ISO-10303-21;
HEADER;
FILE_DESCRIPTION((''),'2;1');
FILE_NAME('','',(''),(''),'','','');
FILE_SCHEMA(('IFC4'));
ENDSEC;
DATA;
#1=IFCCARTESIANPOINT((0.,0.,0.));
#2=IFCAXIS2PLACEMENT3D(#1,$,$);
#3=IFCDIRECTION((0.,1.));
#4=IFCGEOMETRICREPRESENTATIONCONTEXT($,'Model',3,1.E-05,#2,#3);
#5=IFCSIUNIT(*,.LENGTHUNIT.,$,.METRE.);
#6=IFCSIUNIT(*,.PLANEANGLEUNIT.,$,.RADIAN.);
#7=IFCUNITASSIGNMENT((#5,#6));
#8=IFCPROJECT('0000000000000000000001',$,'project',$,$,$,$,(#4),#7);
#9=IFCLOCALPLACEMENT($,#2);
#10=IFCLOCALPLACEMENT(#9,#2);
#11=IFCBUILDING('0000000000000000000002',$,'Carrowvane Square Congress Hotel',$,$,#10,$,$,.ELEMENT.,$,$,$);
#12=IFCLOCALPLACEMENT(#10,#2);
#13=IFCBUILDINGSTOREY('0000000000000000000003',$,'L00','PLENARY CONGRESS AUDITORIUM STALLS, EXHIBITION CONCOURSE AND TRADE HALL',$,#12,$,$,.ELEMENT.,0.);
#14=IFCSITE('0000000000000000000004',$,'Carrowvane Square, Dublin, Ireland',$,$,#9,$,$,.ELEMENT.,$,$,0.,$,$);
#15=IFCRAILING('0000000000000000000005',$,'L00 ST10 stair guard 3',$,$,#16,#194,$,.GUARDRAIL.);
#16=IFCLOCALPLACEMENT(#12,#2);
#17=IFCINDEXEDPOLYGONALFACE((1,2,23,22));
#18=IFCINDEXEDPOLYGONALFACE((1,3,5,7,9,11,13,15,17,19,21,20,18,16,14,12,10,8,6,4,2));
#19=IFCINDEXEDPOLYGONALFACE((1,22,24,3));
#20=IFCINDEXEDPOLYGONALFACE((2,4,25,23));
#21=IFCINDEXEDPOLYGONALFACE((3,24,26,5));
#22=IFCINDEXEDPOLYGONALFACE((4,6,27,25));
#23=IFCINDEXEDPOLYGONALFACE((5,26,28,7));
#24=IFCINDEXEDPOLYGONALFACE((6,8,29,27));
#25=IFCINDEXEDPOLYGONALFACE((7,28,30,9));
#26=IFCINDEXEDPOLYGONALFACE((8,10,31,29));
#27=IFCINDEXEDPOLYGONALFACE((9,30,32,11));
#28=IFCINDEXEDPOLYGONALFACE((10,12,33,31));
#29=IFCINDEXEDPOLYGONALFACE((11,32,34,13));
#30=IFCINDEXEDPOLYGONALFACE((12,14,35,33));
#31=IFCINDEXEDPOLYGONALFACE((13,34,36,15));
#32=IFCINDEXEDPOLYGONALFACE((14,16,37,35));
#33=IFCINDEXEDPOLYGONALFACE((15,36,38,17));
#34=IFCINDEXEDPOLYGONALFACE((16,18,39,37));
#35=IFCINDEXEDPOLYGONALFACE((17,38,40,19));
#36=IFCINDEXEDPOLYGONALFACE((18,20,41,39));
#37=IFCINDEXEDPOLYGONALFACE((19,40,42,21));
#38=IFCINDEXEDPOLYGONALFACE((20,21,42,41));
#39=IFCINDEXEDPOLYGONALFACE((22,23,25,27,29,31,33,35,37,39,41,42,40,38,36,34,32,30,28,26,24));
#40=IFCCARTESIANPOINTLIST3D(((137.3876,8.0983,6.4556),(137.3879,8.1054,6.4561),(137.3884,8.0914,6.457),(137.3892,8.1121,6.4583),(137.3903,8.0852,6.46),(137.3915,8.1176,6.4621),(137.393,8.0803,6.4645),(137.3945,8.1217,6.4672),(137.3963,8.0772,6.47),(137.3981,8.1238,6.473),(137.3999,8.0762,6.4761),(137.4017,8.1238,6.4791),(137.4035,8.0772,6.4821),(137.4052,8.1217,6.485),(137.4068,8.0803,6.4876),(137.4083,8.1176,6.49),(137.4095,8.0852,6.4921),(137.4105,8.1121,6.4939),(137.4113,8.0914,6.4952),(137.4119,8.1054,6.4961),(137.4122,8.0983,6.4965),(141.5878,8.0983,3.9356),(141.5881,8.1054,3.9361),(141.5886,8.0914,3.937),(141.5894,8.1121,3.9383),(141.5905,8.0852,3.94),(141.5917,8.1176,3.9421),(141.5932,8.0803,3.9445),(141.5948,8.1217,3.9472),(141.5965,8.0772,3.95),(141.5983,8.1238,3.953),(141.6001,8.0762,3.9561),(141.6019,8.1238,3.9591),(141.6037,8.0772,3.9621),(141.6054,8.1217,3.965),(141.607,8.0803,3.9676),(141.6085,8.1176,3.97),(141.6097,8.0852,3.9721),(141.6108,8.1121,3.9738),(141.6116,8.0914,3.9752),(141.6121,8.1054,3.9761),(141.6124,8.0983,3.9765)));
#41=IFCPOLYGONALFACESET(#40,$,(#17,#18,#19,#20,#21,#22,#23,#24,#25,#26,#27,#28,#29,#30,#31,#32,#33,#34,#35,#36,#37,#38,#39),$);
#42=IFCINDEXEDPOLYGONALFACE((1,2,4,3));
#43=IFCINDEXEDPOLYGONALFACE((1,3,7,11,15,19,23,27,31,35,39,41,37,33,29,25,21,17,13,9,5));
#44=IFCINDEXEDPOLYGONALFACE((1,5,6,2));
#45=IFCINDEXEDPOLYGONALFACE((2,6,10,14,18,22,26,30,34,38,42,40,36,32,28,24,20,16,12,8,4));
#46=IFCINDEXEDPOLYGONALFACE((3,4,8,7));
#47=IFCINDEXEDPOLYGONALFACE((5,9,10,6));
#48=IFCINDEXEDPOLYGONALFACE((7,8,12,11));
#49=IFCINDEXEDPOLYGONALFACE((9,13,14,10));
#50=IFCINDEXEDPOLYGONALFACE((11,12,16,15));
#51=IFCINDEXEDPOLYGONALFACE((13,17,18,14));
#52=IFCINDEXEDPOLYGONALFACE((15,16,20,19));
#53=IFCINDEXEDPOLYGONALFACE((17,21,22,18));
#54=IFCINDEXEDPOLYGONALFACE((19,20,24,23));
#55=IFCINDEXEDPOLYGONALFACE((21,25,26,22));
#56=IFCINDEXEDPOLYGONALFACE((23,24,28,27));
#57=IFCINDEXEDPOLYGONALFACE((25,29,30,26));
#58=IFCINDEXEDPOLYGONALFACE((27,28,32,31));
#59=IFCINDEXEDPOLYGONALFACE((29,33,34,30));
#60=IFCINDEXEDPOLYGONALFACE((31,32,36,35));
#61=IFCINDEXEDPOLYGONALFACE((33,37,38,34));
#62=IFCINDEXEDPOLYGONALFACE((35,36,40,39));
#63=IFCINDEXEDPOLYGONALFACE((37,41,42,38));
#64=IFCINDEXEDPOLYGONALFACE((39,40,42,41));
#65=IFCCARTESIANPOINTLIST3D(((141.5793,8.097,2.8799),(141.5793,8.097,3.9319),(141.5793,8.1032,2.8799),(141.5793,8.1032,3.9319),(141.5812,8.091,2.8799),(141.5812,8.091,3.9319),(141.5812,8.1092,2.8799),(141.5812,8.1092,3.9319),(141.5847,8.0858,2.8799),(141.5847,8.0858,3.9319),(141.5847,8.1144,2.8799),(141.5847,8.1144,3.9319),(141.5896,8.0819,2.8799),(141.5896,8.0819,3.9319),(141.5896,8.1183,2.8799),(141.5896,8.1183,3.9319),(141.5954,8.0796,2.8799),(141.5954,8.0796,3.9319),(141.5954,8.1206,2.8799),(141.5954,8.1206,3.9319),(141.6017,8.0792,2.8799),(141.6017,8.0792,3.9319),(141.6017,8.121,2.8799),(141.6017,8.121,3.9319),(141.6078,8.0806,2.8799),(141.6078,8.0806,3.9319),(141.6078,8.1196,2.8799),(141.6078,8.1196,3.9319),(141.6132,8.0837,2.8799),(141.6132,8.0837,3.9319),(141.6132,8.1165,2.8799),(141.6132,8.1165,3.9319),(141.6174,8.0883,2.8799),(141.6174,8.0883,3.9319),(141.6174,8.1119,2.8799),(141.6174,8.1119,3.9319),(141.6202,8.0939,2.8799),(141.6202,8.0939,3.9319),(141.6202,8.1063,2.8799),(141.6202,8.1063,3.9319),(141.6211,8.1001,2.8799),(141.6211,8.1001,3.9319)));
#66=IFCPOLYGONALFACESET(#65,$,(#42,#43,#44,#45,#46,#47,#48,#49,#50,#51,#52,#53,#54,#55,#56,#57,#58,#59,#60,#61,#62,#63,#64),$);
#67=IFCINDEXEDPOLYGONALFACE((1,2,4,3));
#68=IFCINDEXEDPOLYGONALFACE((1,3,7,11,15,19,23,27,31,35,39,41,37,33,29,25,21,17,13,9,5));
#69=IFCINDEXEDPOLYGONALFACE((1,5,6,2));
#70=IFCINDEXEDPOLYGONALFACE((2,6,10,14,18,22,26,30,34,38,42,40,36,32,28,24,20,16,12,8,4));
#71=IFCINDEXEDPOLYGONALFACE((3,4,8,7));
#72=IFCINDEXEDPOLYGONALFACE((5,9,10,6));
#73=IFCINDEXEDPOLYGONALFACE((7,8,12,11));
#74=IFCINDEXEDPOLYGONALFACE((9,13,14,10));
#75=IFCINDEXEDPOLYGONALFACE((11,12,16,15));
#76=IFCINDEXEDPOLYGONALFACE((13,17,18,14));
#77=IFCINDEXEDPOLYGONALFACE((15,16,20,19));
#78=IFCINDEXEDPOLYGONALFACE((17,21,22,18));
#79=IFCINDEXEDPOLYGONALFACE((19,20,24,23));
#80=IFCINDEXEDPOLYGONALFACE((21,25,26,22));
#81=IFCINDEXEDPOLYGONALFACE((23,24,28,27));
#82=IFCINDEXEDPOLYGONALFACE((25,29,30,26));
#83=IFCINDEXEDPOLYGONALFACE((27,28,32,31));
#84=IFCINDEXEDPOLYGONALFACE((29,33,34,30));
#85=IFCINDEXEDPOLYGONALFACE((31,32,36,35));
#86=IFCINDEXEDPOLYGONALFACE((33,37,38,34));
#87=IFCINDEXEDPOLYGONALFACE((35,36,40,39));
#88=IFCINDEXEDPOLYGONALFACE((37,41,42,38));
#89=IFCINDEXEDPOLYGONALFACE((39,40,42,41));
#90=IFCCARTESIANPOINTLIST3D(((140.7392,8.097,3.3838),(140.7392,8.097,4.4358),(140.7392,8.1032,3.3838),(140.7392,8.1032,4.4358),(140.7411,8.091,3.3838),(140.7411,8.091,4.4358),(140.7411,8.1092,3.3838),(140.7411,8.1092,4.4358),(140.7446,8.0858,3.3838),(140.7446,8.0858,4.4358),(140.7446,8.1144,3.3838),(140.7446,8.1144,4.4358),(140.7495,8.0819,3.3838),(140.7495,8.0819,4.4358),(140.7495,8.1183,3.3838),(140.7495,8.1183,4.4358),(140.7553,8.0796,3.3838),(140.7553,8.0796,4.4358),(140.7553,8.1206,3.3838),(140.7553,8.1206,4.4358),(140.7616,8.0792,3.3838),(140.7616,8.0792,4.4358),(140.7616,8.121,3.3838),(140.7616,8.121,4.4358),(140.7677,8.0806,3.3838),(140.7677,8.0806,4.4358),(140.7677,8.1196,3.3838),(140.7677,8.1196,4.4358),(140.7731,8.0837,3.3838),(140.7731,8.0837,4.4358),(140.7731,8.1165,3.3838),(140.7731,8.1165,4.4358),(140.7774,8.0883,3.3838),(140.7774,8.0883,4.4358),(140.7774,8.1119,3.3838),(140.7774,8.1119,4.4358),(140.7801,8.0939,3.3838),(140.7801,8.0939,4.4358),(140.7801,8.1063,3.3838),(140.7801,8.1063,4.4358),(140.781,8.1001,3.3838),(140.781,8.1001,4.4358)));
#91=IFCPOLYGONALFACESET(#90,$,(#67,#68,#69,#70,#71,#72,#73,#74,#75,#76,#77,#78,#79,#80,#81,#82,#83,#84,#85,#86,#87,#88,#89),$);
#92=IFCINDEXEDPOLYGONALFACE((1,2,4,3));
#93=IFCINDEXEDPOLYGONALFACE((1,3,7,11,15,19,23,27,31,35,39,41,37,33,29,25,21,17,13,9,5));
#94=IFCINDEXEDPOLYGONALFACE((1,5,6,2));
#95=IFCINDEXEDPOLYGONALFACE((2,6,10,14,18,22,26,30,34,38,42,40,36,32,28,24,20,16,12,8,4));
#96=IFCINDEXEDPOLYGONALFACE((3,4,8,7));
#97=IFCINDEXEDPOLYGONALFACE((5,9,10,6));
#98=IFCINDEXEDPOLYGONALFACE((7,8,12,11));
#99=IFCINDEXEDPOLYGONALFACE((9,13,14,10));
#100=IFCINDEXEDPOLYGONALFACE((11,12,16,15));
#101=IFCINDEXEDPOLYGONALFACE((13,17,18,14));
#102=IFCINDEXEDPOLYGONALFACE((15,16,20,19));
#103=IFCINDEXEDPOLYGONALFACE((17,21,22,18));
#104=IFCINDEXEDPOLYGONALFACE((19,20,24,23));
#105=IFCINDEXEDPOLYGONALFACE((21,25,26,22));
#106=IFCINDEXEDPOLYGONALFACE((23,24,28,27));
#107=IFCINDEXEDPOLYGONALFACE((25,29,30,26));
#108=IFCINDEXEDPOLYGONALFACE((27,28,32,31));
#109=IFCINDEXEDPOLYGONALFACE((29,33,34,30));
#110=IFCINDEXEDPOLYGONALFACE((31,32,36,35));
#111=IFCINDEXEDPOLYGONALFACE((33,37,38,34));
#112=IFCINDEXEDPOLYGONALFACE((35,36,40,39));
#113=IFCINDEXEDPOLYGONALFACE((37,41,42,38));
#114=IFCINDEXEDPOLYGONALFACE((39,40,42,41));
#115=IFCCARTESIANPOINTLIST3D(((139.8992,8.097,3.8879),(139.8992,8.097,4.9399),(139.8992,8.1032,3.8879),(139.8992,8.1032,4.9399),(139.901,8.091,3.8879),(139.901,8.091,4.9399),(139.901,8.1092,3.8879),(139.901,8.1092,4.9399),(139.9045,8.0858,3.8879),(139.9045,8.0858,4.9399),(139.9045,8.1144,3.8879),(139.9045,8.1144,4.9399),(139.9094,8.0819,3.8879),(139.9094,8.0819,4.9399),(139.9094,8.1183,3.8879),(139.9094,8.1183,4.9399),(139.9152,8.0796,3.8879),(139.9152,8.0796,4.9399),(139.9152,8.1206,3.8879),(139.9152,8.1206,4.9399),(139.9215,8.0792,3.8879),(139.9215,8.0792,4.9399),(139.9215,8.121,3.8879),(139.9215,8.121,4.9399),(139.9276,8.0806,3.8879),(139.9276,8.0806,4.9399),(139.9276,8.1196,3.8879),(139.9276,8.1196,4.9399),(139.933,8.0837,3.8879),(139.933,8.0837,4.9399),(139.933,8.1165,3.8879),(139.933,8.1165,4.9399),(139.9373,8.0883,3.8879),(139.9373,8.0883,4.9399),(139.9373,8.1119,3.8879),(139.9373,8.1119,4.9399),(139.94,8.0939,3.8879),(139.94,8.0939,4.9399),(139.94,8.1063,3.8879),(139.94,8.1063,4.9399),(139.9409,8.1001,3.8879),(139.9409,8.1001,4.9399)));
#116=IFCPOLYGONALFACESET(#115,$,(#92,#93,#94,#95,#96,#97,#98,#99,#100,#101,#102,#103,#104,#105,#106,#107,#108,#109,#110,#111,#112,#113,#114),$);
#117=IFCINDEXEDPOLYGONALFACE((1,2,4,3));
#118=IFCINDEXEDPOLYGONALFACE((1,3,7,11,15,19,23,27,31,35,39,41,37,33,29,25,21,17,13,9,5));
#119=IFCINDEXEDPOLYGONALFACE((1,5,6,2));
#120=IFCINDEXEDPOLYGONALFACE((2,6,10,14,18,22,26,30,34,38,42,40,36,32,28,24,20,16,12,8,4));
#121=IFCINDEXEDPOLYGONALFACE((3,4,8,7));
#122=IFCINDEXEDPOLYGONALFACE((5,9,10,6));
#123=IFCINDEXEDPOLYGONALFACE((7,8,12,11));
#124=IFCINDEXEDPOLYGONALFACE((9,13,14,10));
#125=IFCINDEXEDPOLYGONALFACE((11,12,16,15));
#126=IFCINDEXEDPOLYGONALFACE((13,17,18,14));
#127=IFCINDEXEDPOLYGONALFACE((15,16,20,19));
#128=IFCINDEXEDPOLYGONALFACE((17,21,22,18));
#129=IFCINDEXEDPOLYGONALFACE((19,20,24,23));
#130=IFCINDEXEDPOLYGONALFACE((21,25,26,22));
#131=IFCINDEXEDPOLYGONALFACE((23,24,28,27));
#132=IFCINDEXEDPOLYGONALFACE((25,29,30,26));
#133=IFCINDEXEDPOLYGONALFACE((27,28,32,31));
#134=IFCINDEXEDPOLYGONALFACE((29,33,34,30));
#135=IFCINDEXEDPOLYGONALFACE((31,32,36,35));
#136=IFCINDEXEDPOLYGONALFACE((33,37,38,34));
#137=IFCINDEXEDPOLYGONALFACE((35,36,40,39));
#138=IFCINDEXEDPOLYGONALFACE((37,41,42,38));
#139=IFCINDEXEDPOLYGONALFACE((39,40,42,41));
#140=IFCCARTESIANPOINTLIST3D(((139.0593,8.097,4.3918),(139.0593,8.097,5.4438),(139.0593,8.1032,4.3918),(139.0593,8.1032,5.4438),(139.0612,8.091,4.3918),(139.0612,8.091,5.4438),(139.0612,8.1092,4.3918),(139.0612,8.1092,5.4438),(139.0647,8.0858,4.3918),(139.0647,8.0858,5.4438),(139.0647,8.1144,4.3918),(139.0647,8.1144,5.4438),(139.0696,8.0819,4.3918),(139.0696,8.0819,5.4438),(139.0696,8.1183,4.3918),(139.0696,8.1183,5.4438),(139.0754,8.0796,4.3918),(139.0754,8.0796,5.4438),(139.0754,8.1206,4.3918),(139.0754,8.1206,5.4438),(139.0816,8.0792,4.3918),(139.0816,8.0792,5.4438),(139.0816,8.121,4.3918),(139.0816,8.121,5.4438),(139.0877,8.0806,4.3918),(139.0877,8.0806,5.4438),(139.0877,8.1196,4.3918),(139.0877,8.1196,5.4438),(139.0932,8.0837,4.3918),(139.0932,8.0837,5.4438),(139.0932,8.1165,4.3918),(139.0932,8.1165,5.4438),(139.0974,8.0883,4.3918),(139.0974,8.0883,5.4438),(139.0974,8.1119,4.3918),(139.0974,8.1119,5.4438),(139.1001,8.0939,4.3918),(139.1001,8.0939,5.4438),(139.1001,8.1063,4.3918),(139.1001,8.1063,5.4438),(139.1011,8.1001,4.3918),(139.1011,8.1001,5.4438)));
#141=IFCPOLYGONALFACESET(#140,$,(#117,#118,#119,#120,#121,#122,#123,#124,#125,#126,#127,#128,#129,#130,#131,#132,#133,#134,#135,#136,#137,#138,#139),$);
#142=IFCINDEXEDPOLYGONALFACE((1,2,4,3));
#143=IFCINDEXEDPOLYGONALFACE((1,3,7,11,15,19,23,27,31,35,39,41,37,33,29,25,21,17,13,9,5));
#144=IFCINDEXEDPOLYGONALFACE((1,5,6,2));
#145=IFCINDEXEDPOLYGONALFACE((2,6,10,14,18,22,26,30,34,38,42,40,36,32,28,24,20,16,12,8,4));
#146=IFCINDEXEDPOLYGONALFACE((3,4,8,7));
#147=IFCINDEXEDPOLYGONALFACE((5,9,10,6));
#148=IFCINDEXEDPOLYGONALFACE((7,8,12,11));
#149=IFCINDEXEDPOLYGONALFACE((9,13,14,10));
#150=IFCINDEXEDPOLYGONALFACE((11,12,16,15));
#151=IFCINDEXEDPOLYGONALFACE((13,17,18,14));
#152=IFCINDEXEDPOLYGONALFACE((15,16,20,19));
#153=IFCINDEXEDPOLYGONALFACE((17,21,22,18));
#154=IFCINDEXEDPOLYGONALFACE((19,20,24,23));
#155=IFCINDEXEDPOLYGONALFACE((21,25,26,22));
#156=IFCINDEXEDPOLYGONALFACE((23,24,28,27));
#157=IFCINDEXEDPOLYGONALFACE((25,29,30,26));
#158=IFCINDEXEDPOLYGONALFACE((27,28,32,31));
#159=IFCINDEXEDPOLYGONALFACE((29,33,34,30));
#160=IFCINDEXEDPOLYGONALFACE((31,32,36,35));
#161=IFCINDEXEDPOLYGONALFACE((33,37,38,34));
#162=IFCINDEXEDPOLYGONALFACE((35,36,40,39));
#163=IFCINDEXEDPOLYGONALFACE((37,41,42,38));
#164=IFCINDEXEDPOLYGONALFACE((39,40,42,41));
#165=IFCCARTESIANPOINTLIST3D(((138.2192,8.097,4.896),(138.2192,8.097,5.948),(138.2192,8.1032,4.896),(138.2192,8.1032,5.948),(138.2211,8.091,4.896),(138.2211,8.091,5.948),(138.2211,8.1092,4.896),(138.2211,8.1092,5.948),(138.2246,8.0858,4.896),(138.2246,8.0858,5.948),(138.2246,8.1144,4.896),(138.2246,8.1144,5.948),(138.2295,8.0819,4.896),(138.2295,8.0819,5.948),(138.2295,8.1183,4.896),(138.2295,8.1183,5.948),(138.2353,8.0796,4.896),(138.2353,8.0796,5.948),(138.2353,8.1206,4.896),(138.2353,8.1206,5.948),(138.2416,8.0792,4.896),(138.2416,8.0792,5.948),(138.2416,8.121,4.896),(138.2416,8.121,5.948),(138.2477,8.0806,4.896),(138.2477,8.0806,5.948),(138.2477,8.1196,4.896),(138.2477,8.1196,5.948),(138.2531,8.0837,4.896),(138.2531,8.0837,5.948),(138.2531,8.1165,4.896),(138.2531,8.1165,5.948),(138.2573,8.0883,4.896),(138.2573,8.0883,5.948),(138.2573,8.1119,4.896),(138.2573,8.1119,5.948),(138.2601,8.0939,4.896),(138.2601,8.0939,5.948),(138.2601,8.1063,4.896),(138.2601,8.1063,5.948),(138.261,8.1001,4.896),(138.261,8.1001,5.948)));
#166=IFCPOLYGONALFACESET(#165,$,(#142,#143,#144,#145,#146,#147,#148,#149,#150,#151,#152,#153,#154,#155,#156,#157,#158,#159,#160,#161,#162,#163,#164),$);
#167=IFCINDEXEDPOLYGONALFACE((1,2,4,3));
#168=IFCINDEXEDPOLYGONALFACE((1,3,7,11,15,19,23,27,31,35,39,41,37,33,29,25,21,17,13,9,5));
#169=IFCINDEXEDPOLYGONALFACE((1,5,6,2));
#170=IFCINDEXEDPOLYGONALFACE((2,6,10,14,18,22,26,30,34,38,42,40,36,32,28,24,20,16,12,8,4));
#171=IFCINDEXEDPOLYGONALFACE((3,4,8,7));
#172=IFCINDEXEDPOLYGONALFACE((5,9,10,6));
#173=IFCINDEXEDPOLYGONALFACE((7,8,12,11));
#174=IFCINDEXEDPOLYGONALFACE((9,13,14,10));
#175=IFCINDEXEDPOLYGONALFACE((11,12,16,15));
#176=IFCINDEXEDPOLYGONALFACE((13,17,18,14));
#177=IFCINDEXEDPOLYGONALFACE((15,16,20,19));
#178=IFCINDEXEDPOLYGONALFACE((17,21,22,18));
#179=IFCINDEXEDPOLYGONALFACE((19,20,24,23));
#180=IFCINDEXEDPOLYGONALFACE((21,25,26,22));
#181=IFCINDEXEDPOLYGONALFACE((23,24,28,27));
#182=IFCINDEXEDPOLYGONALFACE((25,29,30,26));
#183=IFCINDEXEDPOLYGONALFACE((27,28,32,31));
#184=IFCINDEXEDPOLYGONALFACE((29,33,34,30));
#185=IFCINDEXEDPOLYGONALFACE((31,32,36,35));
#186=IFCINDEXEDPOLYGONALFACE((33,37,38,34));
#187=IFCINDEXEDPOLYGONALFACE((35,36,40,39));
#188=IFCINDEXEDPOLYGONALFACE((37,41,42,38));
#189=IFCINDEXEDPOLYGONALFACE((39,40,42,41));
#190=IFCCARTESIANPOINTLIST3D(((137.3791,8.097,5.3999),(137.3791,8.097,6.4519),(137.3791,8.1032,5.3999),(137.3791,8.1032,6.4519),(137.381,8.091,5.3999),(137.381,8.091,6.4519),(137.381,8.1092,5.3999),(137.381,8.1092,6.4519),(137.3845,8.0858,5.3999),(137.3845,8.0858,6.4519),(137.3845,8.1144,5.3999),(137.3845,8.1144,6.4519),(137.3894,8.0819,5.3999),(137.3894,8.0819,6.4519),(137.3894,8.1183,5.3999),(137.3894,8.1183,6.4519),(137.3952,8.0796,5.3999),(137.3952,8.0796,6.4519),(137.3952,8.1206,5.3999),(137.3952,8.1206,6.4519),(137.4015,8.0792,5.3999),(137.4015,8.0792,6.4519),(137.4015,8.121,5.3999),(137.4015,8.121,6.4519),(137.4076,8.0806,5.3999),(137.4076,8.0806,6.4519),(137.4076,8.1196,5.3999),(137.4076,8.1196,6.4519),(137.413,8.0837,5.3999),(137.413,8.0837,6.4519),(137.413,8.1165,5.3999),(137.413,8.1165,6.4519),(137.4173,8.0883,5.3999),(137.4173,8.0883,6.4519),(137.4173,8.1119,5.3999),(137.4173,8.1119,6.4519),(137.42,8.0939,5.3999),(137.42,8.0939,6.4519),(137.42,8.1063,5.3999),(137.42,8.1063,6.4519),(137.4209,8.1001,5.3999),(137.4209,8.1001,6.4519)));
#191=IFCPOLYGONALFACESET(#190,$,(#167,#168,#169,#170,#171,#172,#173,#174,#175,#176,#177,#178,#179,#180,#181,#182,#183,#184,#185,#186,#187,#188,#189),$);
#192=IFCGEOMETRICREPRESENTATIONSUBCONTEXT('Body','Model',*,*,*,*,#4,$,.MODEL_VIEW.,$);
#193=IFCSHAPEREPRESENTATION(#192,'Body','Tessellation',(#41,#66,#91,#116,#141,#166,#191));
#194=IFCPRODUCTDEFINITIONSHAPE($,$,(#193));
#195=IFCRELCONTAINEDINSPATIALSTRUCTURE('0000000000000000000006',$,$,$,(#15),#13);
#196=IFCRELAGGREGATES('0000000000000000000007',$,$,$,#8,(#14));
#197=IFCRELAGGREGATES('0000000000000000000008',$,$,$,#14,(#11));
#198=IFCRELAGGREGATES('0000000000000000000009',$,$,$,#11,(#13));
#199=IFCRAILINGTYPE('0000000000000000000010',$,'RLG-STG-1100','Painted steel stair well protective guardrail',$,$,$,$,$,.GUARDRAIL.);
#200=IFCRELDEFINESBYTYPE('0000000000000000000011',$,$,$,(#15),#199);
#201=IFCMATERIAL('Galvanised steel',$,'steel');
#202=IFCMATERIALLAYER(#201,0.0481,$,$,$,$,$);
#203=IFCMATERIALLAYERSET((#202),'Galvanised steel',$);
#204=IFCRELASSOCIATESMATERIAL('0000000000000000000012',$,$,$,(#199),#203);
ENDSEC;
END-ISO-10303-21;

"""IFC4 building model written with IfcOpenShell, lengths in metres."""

from ifc_helpers import new_model, si_unit, direction, frame, origin, origin_2d, place, context, subcontext, project, spatial, circle, extrude, material, layer, layer_set, type_object, element, save


model = new_model("IFC4")

# Units and contexts
model_context = context("Model", 3, precision=1e-05, world=origin(), true_north=direction((0.0, 1.0)))
body_context = subcontext(model_context, "Body", "Model", "MODEL_VIEW")
ifc_project = project(units=[si_unit("LENGTHUNIT", "METRE"), si_unit("PLANEANGLEUNIT", "RADIAN")], contexts=[model_context])

# Site, building, storey
site_placement = place(None, origin())
site = spatial("IfcSite", under=ifc_project, at=site_placement, Name="Carrowvane Square, Dublin, Ireland", CompositionType="ELEMENT", RefElevation=0.0)
building_placement = place(site_placement, origin())
building = spatial("IfcBuilding", under=site, at=building_placement, Name="Carrowvane Square Congress Hotel", CompositionType="ELEMENT")
storey_placement = place(building_placement, origin())
storey = spatial("IfcBuildingStorey", under=building, at=storey_placement, Name="L00", Description="PLENARY CONGRESS AUDITORIUM STALLS, EXHIBITION CONCOURSE AND TRADE HALL", CompositionType="ELEMENT", Elevation=0.0)

# Railing
ifc_material_1 = material(Name="Galvanised steel", Category="steel")
ifc_layer_1 = layer(ifc_material_1, 0.0481)
ifc_layer_set_1 = layer_set([ifc_layer_1], Name="Galvanised steel")
railing_type_1 = type_object("IfcRailingType", Name="RLG-STG-1100", Description="Painted steel stair well protective guardrail", PredefinedType="GUARDRAIL", material=ifc_layer_set_1)
railing_1_placement = place(storey_placement, frame((141.6001, 8.1001, 2.8799)))
element("IfcRailing", 1, at=railing_1_placement, inside=storey, type_object=railing_type_1, Name="L00 ST10 stair guard 3", PredefinedType="GUARDRAIL", context=body_context, shape_type="SweptSolid", body=[
    extrude(circle(Radius=0.0239, at=origin_2d()), frame((0.0, 0.0, 1.0762), z_axis=(-0.857502, 0.0, 0.514481), x_axis=(0.0, -1.0, 0.0)), (0.0, 0.0, 1.0), 4.8982),
    extrude(circle(Radius=0.021, at=origin_2d()), origin(), (0.0, 0.0, 1.0), 1.052),
    extrude(circle(Radius=0.021, at=origin_2d()), frame((-0.8401, 0.0, 0.5039)), (0.0, 0.0, 1.0), 1.052),
    extrude(circle(Radius=0.021, at=origin_2d()), frame((-1.6802, 0.0, 1.0081)), (0.0, 0.0, 1.0), 1.052),
    extrude(circle(Radius=0.021, at=origin_2d()), frame((-2.52, 0.0, 1.512)), (0.0, 0.0, 1.0), 1.052),
    extrude(circle(Radius=0.021, at=origin_2d()), frame((-3.3601, 0.0, 2.0161)), (0.0, 0.0, 1.0), 1.052),
    extrude(circle(Radius=0.021, at=origin_2d()), frame((-4.2002, 0.0, 2.52)), (0.0, 0.0, 1.0), 1.052),
])

save(model, "model.ifc")
